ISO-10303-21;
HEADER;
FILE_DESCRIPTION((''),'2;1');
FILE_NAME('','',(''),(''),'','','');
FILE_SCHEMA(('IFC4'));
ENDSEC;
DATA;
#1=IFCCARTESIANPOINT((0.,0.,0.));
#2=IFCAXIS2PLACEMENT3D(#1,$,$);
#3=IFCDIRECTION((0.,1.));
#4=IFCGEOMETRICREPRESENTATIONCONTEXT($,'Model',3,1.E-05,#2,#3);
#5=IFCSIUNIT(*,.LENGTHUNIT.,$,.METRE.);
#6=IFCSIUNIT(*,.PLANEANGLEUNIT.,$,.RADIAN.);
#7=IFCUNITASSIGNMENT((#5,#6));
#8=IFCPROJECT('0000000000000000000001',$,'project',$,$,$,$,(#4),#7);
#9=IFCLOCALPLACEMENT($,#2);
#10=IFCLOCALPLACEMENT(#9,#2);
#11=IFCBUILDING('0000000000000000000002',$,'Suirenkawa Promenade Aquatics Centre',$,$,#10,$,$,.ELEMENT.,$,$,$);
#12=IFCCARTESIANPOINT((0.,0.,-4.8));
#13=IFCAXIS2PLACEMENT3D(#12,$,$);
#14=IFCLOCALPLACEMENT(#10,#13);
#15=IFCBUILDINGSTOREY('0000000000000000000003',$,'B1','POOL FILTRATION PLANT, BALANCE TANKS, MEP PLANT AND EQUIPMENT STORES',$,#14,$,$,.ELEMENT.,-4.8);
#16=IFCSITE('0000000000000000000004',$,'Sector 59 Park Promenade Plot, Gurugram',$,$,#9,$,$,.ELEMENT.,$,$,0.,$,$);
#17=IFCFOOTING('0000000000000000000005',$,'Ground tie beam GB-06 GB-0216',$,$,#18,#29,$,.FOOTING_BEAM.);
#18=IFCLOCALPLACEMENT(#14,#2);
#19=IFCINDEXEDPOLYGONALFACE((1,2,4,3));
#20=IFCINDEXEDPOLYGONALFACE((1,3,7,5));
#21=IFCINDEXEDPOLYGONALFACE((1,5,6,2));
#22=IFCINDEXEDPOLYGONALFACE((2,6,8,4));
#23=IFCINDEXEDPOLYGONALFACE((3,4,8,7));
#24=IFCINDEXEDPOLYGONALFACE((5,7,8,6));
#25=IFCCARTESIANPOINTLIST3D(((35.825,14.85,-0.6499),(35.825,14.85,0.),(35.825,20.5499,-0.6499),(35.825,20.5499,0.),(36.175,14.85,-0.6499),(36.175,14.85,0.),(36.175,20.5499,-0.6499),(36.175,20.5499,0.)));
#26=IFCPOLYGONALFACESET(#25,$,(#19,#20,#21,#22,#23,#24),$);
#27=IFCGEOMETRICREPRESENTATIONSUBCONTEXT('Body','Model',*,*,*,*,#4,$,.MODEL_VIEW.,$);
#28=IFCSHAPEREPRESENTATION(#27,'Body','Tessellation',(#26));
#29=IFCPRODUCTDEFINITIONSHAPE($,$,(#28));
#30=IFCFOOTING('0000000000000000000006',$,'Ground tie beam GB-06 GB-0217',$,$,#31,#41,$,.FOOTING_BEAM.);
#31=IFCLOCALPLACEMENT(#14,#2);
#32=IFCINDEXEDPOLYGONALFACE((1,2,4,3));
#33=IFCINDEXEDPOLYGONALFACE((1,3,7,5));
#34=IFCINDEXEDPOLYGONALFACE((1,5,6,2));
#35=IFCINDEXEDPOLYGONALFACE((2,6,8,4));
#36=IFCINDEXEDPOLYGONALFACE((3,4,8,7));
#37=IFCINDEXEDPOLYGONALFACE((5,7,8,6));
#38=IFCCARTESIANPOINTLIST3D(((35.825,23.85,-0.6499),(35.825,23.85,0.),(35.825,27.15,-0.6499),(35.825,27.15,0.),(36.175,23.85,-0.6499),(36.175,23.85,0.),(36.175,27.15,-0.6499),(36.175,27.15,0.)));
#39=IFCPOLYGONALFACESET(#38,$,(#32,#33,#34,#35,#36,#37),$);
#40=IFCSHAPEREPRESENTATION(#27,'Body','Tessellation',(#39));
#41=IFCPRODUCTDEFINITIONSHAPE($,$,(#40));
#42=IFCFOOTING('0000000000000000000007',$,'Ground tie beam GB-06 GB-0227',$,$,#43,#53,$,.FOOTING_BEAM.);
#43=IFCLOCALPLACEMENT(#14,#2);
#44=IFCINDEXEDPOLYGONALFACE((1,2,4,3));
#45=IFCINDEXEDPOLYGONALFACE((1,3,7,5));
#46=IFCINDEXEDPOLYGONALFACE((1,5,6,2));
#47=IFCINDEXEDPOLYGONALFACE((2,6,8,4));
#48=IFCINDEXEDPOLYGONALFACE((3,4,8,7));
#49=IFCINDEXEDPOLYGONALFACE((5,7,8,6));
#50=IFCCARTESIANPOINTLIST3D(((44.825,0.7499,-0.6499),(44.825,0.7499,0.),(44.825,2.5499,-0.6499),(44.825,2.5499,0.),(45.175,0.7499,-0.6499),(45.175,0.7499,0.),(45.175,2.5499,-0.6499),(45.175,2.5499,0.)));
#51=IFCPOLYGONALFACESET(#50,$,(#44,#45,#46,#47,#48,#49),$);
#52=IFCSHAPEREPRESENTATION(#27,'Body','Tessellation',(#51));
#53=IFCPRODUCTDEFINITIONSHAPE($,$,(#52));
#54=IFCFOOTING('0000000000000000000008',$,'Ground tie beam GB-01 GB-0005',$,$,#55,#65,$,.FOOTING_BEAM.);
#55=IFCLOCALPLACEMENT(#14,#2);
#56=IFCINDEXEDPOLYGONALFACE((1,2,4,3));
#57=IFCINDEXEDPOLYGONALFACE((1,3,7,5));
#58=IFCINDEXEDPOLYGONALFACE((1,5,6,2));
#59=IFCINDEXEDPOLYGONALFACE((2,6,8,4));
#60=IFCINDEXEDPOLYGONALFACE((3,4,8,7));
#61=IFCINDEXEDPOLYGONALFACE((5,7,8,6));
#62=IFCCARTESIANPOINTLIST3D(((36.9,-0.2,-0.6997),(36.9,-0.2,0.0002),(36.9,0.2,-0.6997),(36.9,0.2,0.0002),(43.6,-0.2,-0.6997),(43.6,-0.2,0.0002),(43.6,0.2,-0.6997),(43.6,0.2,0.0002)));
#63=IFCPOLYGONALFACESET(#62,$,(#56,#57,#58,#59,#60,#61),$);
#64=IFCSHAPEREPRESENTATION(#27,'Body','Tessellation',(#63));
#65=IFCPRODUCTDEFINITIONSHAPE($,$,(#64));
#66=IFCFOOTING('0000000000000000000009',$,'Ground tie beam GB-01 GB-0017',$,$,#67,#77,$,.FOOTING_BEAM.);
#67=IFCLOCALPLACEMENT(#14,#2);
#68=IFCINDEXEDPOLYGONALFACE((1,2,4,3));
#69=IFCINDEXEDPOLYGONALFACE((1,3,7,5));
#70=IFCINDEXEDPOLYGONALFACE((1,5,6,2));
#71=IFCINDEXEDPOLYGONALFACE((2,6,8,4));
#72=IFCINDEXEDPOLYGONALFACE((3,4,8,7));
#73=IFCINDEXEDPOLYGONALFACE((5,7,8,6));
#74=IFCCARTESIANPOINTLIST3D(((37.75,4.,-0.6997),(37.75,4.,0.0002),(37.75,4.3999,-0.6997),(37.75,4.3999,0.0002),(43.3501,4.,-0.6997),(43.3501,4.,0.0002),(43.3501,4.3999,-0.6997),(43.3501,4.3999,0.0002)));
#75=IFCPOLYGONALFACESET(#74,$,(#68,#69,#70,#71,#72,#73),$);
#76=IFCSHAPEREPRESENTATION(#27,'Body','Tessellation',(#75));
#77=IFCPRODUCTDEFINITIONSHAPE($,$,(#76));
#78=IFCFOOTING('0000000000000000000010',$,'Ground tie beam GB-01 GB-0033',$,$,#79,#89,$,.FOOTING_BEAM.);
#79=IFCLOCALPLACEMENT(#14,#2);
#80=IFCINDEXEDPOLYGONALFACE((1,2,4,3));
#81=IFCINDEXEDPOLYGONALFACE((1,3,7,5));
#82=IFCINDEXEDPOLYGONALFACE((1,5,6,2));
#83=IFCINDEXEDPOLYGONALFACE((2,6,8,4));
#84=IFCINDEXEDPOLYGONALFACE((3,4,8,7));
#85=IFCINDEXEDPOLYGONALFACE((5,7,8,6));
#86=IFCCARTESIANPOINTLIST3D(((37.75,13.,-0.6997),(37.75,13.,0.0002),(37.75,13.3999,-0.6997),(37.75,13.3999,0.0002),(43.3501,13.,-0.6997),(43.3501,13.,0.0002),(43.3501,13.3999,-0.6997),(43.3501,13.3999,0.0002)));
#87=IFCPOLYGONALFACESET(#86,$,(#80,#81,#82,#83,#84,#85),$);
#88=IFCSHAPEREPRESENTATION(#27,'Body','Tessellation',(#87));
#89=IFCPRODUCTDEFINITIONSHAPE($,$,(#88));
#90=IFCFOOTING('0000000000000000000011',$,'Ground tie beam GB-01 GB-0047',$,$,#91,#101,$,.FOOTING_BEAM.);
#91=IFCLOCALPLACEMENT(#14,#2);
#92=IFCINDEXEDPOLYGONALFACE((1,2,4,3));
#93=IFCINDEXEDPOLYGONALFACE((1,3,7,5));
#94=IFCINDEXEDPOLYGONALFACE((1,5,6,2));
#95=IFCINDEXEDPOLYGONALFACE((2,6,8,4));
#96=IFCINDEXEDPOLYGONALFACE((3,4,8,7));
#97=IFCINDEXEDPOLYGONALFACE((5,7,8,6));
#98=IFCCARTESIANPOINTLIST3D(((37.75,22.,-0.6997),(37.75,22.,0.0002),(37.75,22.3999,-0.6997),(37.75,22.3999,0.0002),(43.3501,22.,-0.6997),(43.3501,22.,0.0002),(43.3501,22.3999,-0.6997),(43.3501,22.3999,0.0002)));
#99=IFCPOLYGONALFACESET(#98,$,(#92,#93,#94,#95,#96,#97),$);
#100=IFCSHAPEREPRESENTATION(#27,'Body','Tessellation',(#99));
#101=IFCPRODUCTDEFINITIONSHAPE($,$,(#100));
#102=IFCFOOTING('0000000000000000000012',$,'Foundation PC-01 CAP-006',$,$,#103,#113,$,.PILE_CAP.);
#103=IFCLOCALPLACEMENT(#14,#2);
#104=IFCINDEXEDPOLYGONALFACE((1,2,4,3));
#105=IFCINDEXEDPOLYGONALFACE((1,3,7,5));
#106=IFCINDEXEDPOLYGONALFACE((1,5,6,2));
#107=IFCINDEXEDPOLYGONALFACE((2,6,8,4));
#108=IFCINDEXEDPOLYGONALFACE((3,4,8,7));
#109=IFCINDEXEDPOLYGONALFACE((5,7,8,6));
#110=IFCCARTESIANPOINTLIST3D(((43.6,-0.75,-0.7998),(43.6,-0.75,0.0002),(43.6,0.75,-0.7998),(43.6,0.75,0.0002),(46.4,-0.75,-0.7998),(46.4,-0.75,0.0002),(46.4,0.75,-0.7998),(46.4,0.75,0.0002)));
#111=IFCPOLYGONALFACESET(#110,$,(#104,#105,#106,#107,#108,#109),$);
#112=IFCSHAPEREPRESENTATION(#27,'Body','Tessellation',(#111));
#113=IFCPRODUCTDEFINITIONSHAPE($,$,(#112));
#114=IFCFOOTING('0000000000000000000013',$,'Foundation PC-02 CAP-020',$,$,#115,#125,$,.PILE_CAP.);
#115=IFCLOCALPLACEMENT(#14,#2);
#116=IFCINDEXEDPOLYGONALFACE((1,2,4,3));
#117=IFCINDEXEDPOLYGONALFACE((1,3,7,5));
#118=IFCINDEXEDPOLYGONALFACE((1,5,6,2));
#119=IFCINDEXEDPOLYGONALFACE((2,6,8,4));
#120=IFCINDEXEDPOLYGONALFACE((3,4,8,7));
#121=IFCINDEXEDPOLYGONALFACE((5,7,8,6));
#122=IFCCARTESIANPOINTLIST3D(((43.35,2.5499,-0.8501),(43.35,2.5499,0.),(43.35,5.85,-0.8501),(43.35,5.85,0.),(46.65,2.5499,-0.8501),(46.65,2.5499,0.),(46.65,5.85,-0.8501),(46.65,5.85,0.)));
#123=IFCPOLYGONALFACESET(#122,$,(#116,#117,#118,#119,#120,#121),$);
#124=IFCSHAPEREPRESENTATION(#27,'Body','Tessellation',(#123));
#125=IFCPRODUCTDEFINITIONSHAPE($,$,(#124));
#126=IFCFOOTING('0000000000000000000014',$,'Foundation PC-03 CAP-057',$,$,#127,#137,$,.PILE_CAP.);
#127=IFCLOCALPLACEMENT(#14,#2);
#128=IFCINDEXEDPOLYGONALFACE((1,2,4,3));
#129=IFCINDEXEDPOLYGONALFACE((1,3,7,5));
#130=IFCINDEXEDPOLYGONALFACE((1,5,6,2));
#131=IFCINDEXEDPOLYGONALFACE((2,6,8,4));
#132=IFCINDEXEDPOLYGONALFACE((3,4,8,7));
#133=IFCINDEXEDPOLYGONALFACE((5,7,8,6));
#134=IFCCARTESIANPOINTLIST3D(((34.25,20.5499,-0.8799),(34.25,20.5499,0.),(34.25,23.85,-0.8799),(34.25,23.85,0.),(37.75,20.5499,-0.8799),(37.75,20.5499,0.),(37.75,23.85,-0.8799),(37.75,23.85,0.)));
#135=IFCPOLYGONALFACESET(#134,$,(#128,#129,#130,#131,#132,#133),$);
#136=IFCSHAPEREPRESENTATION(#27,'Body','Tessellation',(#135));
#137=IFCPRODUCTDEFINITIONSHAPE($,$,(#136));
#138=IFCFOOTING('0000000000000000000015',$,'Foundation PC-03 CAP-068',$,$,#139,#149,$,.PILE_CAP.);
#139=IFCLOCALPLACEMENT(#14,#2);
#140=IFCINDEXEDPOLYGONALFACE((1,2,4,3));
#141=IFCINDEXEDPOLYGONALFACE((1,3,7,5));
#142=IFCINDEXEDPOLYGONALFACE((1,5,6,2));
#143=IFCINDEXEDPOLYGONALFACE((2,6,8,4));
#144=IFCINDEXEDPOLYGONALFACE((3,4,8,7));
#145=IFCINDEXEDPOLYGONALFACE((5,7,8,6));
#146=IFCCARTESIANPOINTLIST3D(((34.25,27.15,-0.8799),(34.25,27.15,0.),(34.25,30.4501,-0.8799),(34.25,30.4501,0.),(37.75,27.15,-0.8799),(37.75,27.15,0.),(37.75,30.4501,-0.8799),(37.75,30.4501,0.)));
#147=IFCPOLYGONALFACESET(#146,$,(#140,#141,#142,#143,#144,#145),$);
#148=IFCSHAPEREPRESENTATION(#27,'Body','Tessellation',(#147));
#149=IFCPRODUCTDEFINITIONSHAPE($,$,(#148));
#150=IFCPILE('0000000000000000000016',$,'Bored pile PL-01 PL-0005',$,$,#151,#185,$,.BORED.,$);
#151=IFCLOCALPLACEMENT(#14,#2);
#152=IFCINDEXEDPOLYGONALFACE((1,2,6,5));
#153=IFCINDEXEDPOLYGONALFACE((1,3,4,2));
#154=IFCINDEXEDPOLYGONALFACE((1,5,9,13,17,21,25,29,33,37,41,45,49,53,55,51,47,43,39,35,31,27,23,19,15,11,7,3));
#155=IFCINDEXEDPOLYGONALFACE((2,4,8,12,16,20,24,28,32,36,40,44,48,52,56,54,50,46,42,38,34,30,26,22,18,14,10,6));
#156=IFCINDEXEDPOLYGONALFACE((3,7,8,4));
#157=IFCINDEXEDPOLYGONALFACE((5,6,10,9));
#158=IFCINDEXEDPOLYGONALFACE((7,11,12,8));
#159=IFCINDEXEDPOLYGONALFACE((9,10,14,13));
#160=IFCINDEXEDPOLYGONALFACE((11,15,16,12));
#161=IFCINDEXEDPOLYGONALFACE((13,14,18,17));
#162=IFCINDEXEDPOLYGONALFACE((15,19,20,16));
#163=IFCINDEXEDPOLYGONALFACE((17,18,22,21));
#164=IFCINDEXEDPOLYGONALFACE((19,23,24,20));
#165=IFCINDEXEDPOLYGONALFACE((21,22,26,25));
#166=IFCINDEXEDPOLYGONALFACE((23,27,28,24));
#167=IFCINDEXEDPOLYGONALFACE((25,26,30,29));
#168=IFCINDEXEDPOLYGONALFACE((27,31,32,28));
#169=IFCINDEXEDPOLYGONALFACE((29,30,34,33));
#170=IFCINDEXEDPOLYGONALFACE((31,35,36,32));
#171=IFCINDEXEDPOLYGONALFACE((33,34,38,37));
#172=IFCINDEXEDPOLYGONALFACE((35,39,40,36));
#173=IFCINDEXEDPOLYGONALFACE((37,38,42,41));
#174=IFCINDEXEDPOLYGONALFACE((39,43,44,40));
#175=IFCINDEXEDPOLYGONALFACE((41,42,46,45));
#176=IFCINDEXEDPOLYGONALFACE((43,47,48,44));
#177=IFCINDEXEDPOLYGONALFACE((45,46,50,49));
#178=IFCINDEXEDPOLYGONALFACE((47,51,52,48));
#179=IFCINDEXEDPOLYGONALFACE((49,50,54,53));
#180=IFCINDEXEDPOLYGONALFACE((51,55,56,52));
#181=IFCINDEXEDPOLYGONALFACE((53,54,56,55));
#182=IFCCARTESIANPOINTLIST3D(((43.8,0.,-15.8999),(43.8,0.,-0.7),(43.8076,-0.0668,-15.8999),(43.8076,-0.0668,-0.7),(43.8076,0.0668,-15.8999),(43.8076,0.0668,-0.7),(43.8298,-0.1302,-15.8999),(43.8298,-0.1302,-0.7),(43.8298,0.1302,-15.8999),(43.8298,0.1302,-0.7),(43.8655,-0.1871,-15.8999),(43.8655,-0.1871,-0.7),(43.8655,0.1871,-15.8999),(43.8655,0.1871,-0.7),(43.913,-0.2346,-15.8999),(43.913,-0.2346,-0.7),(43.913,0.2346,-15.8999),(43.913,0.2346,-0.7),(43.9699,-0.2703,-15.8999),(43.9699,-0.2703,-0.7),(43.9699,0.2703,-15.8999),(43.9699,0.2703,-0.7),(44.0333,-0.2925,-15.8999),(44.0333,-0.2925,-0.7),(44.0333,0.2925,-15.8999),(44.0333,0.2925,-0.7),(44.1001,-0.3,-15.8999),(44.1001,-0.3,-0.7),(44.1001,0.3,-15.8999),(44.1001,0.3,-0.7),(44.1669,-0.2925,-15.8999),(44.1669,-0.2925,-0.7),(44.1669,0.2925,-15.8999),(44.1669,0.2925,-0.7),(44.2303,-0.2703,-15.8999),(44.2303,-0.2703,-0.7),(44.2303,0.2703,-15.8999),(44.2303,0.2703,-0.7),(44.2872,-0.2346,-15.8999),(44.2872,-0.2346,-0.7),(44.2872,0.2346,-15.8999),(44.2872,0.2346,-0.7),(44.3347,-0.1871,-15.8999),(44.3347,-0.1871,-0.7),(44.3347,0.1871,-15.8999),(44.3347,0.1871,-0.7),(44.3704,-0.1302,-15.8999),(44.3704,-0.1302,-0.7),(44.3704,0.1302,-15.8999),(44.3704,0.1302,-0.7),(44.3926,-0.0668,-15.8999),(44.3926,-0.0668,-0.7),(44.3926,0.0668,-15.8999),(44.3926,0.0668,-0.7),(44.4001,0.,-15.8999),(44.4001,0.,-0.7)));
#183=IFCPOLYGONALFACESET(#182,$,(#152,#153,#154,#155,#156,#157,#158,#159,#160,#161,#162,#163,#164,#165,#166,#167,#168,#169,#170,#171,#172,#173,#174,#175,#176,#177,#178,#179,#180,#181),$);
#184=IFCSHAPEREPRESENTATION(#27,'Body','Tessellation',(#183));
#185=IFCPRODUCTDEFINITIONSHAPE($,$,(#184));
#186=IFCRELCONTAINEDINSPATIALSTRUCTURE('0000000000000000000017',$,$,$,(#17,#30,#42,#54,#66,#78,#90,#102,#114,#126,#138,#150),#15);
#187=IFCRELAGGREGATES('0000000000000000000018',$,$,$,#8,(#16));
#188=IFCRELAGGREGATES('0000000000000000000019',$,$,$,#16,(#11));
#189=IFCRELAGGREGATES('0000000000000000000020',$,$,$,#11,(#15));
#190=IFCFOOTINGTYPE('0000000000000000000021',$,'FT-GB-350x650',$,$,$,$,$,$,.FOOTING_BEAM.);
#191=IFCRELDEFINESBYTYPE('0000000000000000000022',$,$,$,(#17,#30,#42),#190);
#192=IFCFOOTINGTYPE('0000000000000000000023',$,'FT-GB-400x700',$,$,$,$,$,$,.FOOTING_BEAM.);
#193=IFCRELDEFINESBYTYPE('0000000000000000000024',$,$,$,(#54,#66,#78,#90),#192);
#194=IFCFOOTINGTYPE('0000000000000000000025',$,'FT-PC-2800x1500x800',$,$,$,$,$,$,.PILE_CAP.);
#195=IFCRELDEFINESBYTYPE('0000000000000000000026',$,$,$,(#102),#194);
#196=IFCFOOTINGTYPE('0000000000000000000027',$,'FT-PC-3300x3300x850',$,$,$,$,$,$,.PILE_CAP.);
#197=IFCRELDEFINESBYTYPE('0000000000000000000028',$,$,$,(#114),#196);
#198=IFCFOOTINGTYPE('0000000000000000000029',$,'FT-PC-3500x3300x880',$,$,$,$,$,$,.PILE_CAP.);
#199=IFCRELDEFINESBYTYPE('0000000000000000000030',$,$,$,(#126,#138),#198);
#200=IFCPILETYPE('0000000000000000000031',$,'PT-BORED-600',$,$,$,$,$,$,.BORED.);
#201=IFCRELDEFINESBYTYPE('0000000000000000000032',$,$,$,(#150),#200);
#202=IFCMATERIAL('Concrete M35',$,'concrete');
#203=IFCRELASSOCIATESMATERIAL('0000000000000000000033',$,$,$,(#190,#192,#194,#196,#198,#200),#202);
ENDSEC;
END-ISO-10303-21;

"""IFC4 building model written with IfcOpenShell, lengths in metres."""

from ifc_helpers import new_model, si_unit, direction, frame, origin, origin_2d, place, context, subcontext, project, spatial, rectangle, circle, extrude, material, material_profile, profile_set, type_object, element, save


model = new_model("IFC4")

# Units and contexts
model_context = context("Model", 3, precision=1e-05, world=origin(), true_north=direction((0.0, 1.0)))
body_context = subcontext(model_context, "Body", "Model", "MODEL_VIEW")
ifc_project = project(units=[si_unit("LENGTHUNIT", "METRE"), si_unit("PLANEANGLEUNIT", "RADIAN")], contexts=[model_context])

# Site, building, storey
site_placement = place(None, origin())
site = spatial("IfcSite", under=ifc_project, at=site_placement, Name="Sector 59 Park Promenade Plot, Gurugram", CompositionType="ELEMENT", RefElevation=0.0)
building_placement = place(site_placement, origin())
building = spatial("IfcBuilding", under=site, at=building_placement, Name="Suirenkawa Promenade Aquatics Centre", CompositionType="ELEMENT")
storey_placement = place(building_placement, frame((0.0, 0.0, -4.8)))
storey = spatial("IfcBuildingStorey", under=building, at=storey_placement, Name="B1", Description="POOL FILTRATION PLANT, BALANCE TANKS, MEP PLANT AND EQUIPMENT STORES", CompositionType="ELEMENT", Elevation=-4.8)

# Footings
ifc_material_1 = material(Name="Concrete M35", Category="concrete")
footing_type_1 = type_object("IfcFootingType", Name="FT-GB-350x650", PredefinedType="FOOTING_BEAM", material=ifc_material_1)
footing_1_placement = place(storey_placement, frame((36.0, 17.7, -0.6499), z_axis=(0.0, 0.0, 1.0), x_axis=(0.0, 1.0, 0.0)))
element("IfcFooting", 1, at=footing_1_placement, inside=storey, type_object=footing_type_1, Name="Ground tie beam GB-06 GB-0216", PredefinedType="FOOTING_BEAM", context=body_context, shape_type="SweptSolid", body=[
    extrude(rectangle(XDim=5.7, YDim=0.3501, at=origin_2d()), origin(), (0.0, 0.0, 1.0), 0.6499),
])
footing_2_placement = place(storey_placement, frame((36.0, 25.5, -0.6499), z_axis=(0.0, 0.0, 1.0), x_axis=(0.0, 1.0, 0.0)))
element("IfcFooting", 2, at=footing_2_placement, inside=storey, type_object=footing_type_1, Name="Ground tie beam GB-06 GB-0217", PredefinedType="FOOTING_BEAM", context=body_context, shape_type="SweptSolid", body=[
    extrude(rectangle(XDim=3.3, YDim=0.3501, at=origin_2d()), origin(), (0.0, 0.0, 1.0), 0.6499),
])
footing_3_placement = place(storey_placement, frame((45.0, 1.6499, -0.6499), z_axis=(0.0, 0.0, 1.0), x_axis=(0.0, 1.0, 0.0)))
element("IfcFooting", 3, at=footing_3_placement, inside=storey, type_object=footing_type_1, Name="Ground tie beam GB-06 GB-0227", PredefinedType="FOOTING_BEAM", context=body_context, shape_type="SweptSolid", body=[
    extrude(rectangle(XDim=1.8, YDim=0.3501, at=origin_2d()), origin(), (0.0, 0.0, 1.0), 0.6499),
])
footing_type_2 = type_object("IfcFootingType", Name="FT-GB-400x700", PredefinedType="FOOTING_BEAM", material=ifc_material_1)
footing_4_placement = place(storey_placement, frame((40.25, 0.0, -0.6997), z_axis=(0.0, 0.0, 1.0), x_axis=(1.0, 0.0, 0.0)))
element("IfcFooting", 4, at=footing_4_placement, inside=storey, type_object=footing_type_2, Name="Ground tie beam GB-01 GB-0005", PredefinedType="FOOTING_BEAM", context=body_context, shape_type="SweptSolid", body=[
    extrude(rectangle(XDim=6.7, YDim=0.3999, at=origin_2d()), origin(), (0.0, 0.0, 1.0), 0.7),
])
for number, where, z_axis, x_axis, name in (
    (5, (40.55, 4.2, -0.6997), (0.0, 0.0, 1.0), (1.0, 0.0, 0.0), "Ground tie beam GB-01 GB-0017"),
    (6, (40.55, 13.2, -0.6997), (0.0, 0.0, 1.0), (1.0, 0.0, 0.0), "Ground tie beam GB-01 GB-0033"),
    (7, (40.55, 22.2, -0.6997), (0.0, 0.0, 1.0), (1.0, 0.0, 0.0), "Ground tie beam GB-01 GB-0047"),
):
    element("IfcFooting", number, at=place(storey_placement, frame(where, z_axis=z_axis, x_axis=x_axis)), inside=storey, type_object=footing_type_2, Name=name, PredefinedType="FOOTING_BEAM", context=body_context, shape_type="SweptSolid", body=[
        extrude(rectangle(XDim=5.6001, YDim=0.3999, at=origin_2d()), origin(), (0.0, 0.0, 1.0), 0.7),
    ])
footing_type_3 = type_object("IfcFootingType", Name="FT-PC-2800x1500x800", PredefinedType="PILE_CAP", material=ifc_material_1)
footing_5_placement = place(storey_placement, frame((45.0, 0.0, -0.7998), z_axis=(0.0, 0.0, 1.0), x_axis=(1.0, 0.0, 0.0)))
element("IfcFooting", 8, at=footing_5_placement, inside=storey, type_object=footing_type_3, Name="Foundation PC-01 CAP-006", PredefinedType="PILE_CAP", context=body_context, shape_type="SweptSolid", body=[
    extrude(rectangle(XDim=2.8, YDim=1.5, at=origin_2d()), origin(), (0.0, 0.0, 1.0), 0.8),
])
footing_type_4 = type_object("IfcFootingType", Name="FT-PC-3300x3300x850", PredefinedType="PILE_CAP", material=ifc_material_1)
footing_6_placement = place(storey_placement, frame((45.0, 4.2, -0.8501), z_axis=(0.0, 0.0, 1.0), x_axis=(1.0, 0.0, 0.0)))
element("IfcFooting", 9, at=footing_6_placement, inside=storey, type_object=footing_type_4, Name="Foundation PC-02 CAP-020", PredefinedType="PILE_CAP", context=body_context, shape_type="SweptSolid", body=[
    extrude(rectangle(XDim=3.3, YDim=3.3, at=origin_2d()), origin(), (0.0, 0.0, 1.0), 0.8501),
])
footing_type_5 = type_object("IfcFootingType", Name="FT-PC-3500x3300x880", PredefinedType="PILE_CAP", material=ifc_material_1)
for number, where, z_axis, x_axis, name in (
    (10, (36.0, 22.2, -0.8799), (0.0, 0.0, 1.0), (1.0, 0.0, 0.0), "Foundation PC-03 CAP-057"),
    (11, (36.0, 28.8, -0.8799), (0.0, 0.0, 1.0), (1.0, 0.0, 0.0), "Foundation PC-03 CAP-068"),
):
    element("IfcFooting", number, at=place(storey_placement, frame(where, z_axis=z_axis, x_axis=x_axis)), inside=storey, type_object=footing_type_5, Name=name, PredefinedType="PILE_CAP", context=body_context, shape_type="SweptSolid", body=[
        extrude(rectangle(XDim=3.5, YDim=3.3, at=origin_2d()), origin(), (0.0, 0.0, 1.0), 0.8799),
    ])

# Pile
ifc_material_profile_1 = material_profile(ifc_material_1, circle(Radius=0.3, at=origin_2d()), Name="PILE D600", Category="concrete")
ifc_profile_set_1 = profile_set([ifc_material_profile_1], Name="Concrete M35")
pile_type_1 = type_object("IfcPileType", Name="PT-BORED-600", PredefinedType="BORED", material=ifc_profile_set_1)
pile_placement = place(storey_placement, frame((44.1001, 0.0, -0.7), z_axis=(0.0, 0.0, -1.0), x_axis=(1.0, 0.0, 0.0)))
element("IfcPile", 12, at=pile_placement, inside=storey, type_object=pile_type_1, Name="Bored pile PL-01 PL-0005", PredefinedType="BORED", context=body_context, shape_type="SweptSolid", body=[
    extrude(circle(Radius=0.3, at=origin_2d()), origin(), (0.0, 0.0, 1.0), 15.2),
])

save(model, "model.ifc")
